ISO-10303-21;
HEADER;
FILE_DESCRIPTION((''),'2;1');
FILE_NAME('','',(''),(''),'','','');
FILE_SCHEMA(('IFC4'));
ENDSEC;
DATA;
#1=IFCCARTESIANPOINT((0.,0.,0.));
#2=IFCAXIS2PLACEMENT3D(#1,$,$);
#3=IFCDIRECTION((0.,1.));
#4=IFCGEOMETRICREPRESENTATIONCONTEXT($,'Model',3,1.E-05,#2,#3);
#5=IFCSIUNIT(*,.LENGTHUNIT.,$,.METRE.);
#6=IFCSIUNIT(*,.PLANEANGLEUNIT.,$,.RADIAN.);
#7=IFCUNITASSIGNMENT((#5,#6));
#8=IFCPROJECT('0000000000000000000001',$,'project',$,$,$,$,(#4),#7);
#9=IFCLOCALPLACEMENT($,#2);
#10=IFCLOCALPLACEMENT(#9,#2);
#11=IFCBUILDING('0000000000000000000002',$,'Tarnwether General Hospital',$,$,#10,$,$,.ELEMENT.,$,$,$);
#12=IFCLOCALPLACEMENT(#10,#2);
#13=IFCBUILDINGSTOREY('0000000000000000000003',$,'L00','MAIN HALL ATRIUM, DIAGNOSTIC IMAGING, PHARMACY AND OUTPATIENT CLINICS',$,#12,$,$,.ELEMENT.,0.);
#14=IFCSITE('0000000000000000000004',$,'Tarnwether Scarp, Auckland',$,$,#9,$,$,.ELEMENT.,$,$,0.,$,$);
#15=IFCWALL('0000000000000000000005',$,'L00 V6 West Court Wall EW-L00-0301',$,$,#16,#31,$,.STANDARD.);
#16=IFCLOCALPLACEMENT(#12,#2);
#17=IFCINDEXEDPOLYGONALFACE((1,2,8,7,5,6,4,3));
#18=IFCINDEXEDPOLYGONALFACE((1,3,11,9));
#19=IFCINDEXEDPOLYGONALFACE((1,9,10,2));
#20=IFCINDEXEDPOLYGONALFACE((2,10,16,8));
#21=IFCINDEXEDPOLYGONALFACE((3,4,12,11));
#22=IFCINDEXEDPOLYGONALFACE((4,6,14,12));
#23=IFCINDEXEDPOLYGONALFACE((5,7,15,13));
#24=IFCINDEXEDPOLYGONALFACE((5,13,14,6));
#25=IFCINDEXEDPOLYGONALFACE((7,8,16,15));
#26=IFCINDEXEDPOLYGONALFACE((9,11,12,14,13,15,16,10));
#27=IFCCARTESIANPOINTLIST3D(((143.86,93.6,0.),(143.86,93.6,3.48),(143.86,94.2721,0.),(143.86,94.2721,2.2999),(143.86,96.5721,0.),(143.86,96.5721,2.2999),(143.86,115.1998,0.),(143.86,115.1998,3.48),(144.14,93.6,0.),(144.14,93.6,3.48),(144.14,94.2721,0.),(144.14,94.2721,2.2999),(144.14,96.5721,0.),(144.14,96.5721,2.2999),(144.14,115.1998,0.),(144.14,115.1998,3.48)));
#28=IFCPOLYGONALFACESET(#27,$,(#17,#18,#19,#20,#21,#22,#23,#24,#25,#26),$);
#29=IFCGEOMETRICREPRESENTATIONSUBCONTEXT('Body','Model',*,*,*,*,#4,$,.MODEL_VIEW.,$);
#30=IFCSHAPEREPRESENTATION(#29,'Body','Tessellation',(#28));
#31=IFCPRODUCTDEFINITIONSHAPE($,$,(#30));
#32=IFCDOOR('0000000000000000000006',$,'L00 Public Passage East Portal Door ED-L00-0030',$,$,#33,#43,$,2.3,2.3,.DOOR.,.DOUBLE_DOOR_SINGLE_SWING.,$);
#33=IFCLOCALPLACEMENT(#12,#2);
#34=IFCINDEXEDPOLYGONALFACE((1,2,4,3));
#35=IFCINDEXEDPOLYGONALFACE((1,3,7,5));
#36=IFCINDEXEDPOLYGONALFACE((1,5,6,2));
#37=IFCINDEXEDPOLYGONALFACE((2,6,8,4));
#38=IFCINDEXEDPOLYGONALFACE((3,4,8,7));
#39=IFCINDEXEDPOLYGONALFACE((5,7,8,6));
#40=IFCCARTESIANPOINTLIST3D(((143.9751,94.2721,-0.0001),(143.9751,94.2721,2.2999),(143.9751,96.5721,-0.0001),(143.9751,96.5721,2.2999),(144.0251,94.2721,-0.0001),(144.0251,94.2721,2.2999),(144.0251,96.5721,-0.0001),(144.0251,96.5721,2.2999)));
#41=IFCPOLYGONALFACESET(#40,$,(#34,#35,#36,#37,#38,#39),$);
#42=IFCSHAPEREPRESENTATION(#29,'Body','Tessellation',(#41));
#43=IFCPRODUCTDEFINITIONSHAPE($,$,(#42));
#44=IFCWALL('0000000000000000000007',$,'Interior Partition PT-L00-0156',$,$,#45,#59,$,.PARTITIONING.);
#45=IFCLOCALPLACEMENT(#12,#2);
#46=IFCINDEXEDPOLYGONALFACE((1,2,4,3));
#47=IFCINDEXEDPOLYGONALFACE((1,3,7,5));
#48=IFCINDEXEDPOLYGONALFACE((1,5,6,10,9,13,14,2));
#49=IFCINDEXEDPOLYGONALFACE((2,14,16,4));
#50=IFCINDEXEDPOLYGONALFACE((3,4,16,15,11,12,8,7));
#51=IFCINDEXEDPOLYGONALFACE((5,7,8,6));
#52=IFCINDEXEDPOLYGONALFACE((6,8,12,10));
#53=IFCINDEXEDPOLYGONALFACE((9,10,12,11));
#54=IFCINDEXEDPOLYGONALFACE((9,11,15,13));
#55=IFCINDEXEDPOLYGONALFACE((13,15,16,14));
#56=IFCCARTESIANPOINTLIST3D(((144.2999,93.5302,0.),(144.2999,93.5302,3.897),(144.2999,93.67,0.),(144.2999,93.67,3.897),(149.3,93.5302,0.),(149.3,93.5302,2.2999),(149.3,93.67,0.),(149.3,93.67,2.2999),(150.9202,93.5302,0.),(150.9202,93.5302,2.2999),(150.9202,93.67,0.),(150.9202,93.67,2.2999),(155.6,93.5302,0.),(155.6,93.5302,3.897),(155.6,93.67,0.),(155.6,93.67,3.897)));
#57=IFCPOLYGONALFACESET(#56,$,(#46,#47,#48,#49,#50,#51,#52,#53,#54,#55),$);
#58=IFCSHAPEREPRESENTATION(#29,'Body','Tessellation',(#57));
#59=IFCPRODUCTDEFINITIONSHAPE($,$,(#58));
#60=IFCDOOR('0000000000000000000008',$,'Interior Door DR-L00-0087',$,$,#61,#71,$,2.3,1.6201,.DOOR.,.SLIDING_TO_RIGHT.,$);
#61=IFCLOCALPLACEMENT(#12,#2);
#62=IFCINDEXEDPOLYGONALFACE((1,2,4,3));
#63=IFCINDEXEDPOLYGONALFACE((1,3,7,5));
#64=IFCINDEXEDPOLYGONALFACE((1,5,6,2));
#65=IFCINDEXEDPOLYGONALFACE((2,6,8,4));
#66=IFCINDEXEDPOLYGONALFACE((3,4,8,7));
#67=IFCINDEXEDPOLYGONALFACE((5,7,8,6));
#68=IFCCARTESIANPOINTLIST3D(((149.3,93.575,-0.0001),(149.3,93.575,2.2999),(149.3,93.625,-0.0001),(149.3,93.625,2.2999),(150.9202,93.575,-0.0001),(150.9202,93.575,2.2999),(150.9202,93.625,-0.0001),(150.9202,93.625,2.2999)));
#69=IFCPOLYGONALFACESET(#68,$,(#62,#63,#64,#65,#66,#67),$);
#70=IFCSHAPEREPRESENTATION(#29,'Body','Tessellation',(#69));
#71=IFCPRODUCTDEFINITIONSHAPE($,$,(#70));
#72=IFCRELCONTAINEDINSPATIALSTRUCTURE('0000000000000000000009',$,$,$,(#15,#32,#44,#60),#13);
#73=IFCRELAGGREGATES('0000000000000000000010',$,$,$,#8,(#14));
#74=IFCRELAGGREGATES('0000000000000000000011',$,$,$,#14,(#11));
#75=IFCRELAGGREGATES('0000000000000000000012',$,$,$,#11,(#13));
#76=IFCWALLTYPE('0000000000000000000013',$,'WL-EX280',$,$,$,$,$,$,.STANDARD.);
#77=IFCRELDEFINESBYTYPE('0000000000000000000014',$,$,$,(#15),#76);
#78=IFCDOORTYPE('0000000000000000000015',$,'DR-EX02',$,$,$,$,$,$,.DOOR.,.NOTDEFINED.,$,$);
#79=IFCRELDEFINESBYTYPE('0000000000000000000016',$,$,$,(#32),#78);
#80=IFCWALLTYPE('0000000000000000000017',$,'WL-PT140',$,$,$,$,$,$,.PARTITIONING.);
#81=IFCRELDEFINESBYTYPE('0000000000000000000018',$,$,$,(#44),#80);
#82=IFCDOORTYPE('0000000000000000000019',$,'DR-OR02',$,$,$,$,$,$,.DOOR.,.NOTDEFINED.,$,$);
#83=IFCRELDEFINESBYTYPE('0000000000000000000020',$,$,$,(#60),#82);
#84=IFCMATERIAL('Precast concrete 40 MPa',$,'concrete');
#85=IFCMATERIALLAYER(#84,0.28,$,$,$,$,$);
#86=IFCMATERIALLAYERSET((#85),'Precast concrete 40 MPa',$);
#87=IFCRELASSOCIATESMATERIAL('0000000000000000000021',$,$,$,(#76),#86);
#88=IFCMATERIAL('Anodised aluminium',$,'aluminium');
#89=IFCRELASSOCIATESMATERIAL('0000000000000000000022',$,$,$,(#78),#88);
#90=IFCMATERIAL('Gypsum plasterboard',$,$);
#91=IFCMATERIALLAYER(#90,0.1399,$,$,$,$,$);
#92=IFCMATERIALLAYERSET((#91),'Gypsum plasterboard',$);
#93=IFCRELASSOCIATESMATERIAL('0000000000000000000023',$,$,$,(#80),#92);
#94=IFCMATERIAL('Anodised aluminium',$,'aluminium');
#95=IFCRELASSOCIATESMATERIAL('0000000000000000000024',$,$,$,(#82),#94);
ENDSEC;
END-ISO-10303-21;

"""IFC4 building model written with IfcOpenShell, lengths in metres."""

from ifc_helpers import new_model, si_unit, direction, frame, frame_2d, origin, place, context, subcontext, project, spatial, rectangle, extrude, material, layer, layer_set, type_object, element, fill, save


model = new_model("IFC4")

# Units and contexts
model_context = context("Model", 3, precision=1e-05, world=origin(), true_north=direction((0.0, 1.0)))
body_context = subcontext(model_context, "Body", "Model", "MODEL_VIEW")
ifc_project = project(units=[si_unit("LENGTHUNIT", "METRE"), si_unit("PLANEANGLEUNIT", "RADIAN")], contexts=[model_context])

# Site, building, storey
site_placement = place(None, origin())
site = spatial("IfcSite", under=ifc_project, at=site_placement, Name="Tarnwether Scarp, Auckland", CompositionType="ELEMENT", RefElevation=0.0)
building_placement = place(site_placement, origin())
building = spatial("IfcBuilding", under=site, at=building_placement, Name="Tarnwether General Hospital", CompositionType="ELEMENT")
storey_placement = place(building_placement, origin())
storey = spatial("IfcBuildingStorey", under=building, at=storey_placement, Name="L00", Description="MAIN HALL ATRIUM, DIAGNOSTIC IMAGING, PHARMACY AND OUTPATIENT CLINICS", CompositionType="ELEMENT", Elevation=0.0)

# Walls, openings, doors
ifc_material_1 = material(Name="Precast concrete 40 MPa", Category="concrete")
ifc_layer_1 = layer(ifc_material_1, 0.28)
ifc_layer_set_1 = layer_set([ifc_layer_1], Name="Precast concrete 40 MPa")
wall_type_1 = type_object("IfcWallType", Name="WL-EX280", PredefinedType="STANDARD", material=ifc_layer_set_1)
wall_1_placement = place(storey_placement, frame((144.0, 93.6001, 0.0), z_axis=(0.0, 0.0, 1.0), x_axis=(0.0, 1.0, 0.0)))
wall_1 = element("IfcWall", 1, at=wall_1_placement, inside=storey, type_object=wall_type_1, Name="L00 V6 West Court Wall EW-L00-0301", PredefinedType="STANDARD", context=body_context, shape_type="SweptSolid", body=[
    extrude(rectangle(XDim=21.5999, YDim=0.28, at=frame_2d((10.7998, 0.0))), origin(), (0.0, 0.0, 1.0), 3.48),
])
opening_1_placement = place(wall_1_placement, frame((0.6721, 0.0, 0.0)))
opening_1 = element("IfcOpeningElement", 2, at=opening_1_placement, cuts=wall_1, PredefinedType="OPENING", context=body_context, shape_type="SweptSolid", body=[
    extrude(rectangle(XDim=2.3, YDim=2.3, at=frame_2d((1.1499, 1.1499))), frame((0.0, 0.1499, 0.0), z_axis=(0.0, -1.0, 0.0), x_axis=(1.0, 0.0, 0.0)), (0.0, 0.0, 1.0), 0.3),
])
ifc_material_2 = material(Name="Anodised aluminium", Category="aluminium")
door_type_1 = type_object("IfcDoorType", Name="DR-EX02", OperationType="NOTDEFINED", PredefinedType="DOOR", material=ifc_material_2)
door_1_placement = place(opening_1_placement, origin())
door_1 = element("IfcDoor", 3, at=door_1_placement, inside=storey, type_object=door_type_1, Name="L00 Public Passage East Portal Door ED-L00-0030", OperationType="DOUBLE_DOOR_SINGLE_SWING", OverallHeight=2.3, OverallWidth=2.3, PredefinedType="DOOR", context=body_context, shape_type="SweptSolid", body=[
    extrude(rectangle(XDim=2.3, YDim=2.3, at=frame_2d((1.1499, 1.1499))), frame((0.0, 0.0249, 0.0), z_axis=(0.0, -1.0, 0.0), x_axis=(1.0, 0.0, 0.0)), (0.0, 0.0, 1.0), 0.05),
])
fill(opening_1, door_1)
ifc_material_3 = material(Name="Gypsum plasterboard")
ifc_layer_2 = layer(ifc_material_3, 0.1399)
ifc_layer_set_2 = layer_set([ifc_layer_2], Name="Gypsum plasterboard")
wall_type_2 = type_object("IfcWallType", Name="WL-PT140", PredefinedType="PARTITIONING", material=ifc_layer_set_2)
wall_2_placement = place(storey_placement, frame((144.3, 93.6001, 0.0), z_axis=(0.0, 0.0, 1.0), x_axis=(1.0, 0.0, 0.0)))
wall_2 = element("IfcWall", 4, at=wall_2_placement, inside=storey, type_object=wall_type_2, Name="Interior Partition PT-L00-0156", PredefinedType="PARTITIONING", context=body_context, shape_type="SweptSolid", body=[
    extrude(rectangle(XDim=11.3, YDim=0.1399, at=frame_2d((5.6499, 0.0))), origin(), (0.0, 0.0, 1.0), 3.897),
])
opening_2_placement = place(wall_2_placement, frame((5.0, 0.0, 0.0)))
opening_2 = element("IfcOpeningElement", 5, at=opening_2_placement, cuts=wall_2, PredefinedType="OPENING", context=body_context, shape_type="SweptSolid", body=[
    extrude(rectangle(XDim=1.6201, YDim=2.3, at=frame_2d((0.8101, 1.1499))), frame((0.0, 0.0801, 0.0), z_axis=(0.0, -1.0, 0.0), x_axis=(1.0, 0.0, 0.0)), (0.0, 0.0, 1.0), 0.1599),
])
ifc_material_4 = material(Name="Anodised aluminium", Category="aluminium")
door_type_2 = type_object("IfcDoorType", Name="DR-OR02", OperationType="NOTDEFINED", PredefinedType="DOOR", material=ifc_material_4)
door_2_placement = place(opening_2_placement, origin())
door_2 = element("IfcDoor", 6, at=door_2_placement, inside=storey, type_object=door_type_2, Name="Interior Door DR-L00-0087", OperationType="SLIDING_TO_RIGHT", OverallHeight=2.3, OverallWidth=1.6201, PredefinedType="DOOR", context=body_context, shape_type="SweptSolid", body=[
    extrude(rectangle(XDim=1.6201, YDim=2.3, at=frame_2d((0.8101, 1.1499))), frame((0.0, 0.0249, 0.0), z_axis=(0.0, -1.0, 0.0), x_axis=(1.0, 0.0, 0.0)), (0.0, 0.0, 1.0), 0.05),
])
fill(opening_2, door_2)

save(model, "model.ifc")
